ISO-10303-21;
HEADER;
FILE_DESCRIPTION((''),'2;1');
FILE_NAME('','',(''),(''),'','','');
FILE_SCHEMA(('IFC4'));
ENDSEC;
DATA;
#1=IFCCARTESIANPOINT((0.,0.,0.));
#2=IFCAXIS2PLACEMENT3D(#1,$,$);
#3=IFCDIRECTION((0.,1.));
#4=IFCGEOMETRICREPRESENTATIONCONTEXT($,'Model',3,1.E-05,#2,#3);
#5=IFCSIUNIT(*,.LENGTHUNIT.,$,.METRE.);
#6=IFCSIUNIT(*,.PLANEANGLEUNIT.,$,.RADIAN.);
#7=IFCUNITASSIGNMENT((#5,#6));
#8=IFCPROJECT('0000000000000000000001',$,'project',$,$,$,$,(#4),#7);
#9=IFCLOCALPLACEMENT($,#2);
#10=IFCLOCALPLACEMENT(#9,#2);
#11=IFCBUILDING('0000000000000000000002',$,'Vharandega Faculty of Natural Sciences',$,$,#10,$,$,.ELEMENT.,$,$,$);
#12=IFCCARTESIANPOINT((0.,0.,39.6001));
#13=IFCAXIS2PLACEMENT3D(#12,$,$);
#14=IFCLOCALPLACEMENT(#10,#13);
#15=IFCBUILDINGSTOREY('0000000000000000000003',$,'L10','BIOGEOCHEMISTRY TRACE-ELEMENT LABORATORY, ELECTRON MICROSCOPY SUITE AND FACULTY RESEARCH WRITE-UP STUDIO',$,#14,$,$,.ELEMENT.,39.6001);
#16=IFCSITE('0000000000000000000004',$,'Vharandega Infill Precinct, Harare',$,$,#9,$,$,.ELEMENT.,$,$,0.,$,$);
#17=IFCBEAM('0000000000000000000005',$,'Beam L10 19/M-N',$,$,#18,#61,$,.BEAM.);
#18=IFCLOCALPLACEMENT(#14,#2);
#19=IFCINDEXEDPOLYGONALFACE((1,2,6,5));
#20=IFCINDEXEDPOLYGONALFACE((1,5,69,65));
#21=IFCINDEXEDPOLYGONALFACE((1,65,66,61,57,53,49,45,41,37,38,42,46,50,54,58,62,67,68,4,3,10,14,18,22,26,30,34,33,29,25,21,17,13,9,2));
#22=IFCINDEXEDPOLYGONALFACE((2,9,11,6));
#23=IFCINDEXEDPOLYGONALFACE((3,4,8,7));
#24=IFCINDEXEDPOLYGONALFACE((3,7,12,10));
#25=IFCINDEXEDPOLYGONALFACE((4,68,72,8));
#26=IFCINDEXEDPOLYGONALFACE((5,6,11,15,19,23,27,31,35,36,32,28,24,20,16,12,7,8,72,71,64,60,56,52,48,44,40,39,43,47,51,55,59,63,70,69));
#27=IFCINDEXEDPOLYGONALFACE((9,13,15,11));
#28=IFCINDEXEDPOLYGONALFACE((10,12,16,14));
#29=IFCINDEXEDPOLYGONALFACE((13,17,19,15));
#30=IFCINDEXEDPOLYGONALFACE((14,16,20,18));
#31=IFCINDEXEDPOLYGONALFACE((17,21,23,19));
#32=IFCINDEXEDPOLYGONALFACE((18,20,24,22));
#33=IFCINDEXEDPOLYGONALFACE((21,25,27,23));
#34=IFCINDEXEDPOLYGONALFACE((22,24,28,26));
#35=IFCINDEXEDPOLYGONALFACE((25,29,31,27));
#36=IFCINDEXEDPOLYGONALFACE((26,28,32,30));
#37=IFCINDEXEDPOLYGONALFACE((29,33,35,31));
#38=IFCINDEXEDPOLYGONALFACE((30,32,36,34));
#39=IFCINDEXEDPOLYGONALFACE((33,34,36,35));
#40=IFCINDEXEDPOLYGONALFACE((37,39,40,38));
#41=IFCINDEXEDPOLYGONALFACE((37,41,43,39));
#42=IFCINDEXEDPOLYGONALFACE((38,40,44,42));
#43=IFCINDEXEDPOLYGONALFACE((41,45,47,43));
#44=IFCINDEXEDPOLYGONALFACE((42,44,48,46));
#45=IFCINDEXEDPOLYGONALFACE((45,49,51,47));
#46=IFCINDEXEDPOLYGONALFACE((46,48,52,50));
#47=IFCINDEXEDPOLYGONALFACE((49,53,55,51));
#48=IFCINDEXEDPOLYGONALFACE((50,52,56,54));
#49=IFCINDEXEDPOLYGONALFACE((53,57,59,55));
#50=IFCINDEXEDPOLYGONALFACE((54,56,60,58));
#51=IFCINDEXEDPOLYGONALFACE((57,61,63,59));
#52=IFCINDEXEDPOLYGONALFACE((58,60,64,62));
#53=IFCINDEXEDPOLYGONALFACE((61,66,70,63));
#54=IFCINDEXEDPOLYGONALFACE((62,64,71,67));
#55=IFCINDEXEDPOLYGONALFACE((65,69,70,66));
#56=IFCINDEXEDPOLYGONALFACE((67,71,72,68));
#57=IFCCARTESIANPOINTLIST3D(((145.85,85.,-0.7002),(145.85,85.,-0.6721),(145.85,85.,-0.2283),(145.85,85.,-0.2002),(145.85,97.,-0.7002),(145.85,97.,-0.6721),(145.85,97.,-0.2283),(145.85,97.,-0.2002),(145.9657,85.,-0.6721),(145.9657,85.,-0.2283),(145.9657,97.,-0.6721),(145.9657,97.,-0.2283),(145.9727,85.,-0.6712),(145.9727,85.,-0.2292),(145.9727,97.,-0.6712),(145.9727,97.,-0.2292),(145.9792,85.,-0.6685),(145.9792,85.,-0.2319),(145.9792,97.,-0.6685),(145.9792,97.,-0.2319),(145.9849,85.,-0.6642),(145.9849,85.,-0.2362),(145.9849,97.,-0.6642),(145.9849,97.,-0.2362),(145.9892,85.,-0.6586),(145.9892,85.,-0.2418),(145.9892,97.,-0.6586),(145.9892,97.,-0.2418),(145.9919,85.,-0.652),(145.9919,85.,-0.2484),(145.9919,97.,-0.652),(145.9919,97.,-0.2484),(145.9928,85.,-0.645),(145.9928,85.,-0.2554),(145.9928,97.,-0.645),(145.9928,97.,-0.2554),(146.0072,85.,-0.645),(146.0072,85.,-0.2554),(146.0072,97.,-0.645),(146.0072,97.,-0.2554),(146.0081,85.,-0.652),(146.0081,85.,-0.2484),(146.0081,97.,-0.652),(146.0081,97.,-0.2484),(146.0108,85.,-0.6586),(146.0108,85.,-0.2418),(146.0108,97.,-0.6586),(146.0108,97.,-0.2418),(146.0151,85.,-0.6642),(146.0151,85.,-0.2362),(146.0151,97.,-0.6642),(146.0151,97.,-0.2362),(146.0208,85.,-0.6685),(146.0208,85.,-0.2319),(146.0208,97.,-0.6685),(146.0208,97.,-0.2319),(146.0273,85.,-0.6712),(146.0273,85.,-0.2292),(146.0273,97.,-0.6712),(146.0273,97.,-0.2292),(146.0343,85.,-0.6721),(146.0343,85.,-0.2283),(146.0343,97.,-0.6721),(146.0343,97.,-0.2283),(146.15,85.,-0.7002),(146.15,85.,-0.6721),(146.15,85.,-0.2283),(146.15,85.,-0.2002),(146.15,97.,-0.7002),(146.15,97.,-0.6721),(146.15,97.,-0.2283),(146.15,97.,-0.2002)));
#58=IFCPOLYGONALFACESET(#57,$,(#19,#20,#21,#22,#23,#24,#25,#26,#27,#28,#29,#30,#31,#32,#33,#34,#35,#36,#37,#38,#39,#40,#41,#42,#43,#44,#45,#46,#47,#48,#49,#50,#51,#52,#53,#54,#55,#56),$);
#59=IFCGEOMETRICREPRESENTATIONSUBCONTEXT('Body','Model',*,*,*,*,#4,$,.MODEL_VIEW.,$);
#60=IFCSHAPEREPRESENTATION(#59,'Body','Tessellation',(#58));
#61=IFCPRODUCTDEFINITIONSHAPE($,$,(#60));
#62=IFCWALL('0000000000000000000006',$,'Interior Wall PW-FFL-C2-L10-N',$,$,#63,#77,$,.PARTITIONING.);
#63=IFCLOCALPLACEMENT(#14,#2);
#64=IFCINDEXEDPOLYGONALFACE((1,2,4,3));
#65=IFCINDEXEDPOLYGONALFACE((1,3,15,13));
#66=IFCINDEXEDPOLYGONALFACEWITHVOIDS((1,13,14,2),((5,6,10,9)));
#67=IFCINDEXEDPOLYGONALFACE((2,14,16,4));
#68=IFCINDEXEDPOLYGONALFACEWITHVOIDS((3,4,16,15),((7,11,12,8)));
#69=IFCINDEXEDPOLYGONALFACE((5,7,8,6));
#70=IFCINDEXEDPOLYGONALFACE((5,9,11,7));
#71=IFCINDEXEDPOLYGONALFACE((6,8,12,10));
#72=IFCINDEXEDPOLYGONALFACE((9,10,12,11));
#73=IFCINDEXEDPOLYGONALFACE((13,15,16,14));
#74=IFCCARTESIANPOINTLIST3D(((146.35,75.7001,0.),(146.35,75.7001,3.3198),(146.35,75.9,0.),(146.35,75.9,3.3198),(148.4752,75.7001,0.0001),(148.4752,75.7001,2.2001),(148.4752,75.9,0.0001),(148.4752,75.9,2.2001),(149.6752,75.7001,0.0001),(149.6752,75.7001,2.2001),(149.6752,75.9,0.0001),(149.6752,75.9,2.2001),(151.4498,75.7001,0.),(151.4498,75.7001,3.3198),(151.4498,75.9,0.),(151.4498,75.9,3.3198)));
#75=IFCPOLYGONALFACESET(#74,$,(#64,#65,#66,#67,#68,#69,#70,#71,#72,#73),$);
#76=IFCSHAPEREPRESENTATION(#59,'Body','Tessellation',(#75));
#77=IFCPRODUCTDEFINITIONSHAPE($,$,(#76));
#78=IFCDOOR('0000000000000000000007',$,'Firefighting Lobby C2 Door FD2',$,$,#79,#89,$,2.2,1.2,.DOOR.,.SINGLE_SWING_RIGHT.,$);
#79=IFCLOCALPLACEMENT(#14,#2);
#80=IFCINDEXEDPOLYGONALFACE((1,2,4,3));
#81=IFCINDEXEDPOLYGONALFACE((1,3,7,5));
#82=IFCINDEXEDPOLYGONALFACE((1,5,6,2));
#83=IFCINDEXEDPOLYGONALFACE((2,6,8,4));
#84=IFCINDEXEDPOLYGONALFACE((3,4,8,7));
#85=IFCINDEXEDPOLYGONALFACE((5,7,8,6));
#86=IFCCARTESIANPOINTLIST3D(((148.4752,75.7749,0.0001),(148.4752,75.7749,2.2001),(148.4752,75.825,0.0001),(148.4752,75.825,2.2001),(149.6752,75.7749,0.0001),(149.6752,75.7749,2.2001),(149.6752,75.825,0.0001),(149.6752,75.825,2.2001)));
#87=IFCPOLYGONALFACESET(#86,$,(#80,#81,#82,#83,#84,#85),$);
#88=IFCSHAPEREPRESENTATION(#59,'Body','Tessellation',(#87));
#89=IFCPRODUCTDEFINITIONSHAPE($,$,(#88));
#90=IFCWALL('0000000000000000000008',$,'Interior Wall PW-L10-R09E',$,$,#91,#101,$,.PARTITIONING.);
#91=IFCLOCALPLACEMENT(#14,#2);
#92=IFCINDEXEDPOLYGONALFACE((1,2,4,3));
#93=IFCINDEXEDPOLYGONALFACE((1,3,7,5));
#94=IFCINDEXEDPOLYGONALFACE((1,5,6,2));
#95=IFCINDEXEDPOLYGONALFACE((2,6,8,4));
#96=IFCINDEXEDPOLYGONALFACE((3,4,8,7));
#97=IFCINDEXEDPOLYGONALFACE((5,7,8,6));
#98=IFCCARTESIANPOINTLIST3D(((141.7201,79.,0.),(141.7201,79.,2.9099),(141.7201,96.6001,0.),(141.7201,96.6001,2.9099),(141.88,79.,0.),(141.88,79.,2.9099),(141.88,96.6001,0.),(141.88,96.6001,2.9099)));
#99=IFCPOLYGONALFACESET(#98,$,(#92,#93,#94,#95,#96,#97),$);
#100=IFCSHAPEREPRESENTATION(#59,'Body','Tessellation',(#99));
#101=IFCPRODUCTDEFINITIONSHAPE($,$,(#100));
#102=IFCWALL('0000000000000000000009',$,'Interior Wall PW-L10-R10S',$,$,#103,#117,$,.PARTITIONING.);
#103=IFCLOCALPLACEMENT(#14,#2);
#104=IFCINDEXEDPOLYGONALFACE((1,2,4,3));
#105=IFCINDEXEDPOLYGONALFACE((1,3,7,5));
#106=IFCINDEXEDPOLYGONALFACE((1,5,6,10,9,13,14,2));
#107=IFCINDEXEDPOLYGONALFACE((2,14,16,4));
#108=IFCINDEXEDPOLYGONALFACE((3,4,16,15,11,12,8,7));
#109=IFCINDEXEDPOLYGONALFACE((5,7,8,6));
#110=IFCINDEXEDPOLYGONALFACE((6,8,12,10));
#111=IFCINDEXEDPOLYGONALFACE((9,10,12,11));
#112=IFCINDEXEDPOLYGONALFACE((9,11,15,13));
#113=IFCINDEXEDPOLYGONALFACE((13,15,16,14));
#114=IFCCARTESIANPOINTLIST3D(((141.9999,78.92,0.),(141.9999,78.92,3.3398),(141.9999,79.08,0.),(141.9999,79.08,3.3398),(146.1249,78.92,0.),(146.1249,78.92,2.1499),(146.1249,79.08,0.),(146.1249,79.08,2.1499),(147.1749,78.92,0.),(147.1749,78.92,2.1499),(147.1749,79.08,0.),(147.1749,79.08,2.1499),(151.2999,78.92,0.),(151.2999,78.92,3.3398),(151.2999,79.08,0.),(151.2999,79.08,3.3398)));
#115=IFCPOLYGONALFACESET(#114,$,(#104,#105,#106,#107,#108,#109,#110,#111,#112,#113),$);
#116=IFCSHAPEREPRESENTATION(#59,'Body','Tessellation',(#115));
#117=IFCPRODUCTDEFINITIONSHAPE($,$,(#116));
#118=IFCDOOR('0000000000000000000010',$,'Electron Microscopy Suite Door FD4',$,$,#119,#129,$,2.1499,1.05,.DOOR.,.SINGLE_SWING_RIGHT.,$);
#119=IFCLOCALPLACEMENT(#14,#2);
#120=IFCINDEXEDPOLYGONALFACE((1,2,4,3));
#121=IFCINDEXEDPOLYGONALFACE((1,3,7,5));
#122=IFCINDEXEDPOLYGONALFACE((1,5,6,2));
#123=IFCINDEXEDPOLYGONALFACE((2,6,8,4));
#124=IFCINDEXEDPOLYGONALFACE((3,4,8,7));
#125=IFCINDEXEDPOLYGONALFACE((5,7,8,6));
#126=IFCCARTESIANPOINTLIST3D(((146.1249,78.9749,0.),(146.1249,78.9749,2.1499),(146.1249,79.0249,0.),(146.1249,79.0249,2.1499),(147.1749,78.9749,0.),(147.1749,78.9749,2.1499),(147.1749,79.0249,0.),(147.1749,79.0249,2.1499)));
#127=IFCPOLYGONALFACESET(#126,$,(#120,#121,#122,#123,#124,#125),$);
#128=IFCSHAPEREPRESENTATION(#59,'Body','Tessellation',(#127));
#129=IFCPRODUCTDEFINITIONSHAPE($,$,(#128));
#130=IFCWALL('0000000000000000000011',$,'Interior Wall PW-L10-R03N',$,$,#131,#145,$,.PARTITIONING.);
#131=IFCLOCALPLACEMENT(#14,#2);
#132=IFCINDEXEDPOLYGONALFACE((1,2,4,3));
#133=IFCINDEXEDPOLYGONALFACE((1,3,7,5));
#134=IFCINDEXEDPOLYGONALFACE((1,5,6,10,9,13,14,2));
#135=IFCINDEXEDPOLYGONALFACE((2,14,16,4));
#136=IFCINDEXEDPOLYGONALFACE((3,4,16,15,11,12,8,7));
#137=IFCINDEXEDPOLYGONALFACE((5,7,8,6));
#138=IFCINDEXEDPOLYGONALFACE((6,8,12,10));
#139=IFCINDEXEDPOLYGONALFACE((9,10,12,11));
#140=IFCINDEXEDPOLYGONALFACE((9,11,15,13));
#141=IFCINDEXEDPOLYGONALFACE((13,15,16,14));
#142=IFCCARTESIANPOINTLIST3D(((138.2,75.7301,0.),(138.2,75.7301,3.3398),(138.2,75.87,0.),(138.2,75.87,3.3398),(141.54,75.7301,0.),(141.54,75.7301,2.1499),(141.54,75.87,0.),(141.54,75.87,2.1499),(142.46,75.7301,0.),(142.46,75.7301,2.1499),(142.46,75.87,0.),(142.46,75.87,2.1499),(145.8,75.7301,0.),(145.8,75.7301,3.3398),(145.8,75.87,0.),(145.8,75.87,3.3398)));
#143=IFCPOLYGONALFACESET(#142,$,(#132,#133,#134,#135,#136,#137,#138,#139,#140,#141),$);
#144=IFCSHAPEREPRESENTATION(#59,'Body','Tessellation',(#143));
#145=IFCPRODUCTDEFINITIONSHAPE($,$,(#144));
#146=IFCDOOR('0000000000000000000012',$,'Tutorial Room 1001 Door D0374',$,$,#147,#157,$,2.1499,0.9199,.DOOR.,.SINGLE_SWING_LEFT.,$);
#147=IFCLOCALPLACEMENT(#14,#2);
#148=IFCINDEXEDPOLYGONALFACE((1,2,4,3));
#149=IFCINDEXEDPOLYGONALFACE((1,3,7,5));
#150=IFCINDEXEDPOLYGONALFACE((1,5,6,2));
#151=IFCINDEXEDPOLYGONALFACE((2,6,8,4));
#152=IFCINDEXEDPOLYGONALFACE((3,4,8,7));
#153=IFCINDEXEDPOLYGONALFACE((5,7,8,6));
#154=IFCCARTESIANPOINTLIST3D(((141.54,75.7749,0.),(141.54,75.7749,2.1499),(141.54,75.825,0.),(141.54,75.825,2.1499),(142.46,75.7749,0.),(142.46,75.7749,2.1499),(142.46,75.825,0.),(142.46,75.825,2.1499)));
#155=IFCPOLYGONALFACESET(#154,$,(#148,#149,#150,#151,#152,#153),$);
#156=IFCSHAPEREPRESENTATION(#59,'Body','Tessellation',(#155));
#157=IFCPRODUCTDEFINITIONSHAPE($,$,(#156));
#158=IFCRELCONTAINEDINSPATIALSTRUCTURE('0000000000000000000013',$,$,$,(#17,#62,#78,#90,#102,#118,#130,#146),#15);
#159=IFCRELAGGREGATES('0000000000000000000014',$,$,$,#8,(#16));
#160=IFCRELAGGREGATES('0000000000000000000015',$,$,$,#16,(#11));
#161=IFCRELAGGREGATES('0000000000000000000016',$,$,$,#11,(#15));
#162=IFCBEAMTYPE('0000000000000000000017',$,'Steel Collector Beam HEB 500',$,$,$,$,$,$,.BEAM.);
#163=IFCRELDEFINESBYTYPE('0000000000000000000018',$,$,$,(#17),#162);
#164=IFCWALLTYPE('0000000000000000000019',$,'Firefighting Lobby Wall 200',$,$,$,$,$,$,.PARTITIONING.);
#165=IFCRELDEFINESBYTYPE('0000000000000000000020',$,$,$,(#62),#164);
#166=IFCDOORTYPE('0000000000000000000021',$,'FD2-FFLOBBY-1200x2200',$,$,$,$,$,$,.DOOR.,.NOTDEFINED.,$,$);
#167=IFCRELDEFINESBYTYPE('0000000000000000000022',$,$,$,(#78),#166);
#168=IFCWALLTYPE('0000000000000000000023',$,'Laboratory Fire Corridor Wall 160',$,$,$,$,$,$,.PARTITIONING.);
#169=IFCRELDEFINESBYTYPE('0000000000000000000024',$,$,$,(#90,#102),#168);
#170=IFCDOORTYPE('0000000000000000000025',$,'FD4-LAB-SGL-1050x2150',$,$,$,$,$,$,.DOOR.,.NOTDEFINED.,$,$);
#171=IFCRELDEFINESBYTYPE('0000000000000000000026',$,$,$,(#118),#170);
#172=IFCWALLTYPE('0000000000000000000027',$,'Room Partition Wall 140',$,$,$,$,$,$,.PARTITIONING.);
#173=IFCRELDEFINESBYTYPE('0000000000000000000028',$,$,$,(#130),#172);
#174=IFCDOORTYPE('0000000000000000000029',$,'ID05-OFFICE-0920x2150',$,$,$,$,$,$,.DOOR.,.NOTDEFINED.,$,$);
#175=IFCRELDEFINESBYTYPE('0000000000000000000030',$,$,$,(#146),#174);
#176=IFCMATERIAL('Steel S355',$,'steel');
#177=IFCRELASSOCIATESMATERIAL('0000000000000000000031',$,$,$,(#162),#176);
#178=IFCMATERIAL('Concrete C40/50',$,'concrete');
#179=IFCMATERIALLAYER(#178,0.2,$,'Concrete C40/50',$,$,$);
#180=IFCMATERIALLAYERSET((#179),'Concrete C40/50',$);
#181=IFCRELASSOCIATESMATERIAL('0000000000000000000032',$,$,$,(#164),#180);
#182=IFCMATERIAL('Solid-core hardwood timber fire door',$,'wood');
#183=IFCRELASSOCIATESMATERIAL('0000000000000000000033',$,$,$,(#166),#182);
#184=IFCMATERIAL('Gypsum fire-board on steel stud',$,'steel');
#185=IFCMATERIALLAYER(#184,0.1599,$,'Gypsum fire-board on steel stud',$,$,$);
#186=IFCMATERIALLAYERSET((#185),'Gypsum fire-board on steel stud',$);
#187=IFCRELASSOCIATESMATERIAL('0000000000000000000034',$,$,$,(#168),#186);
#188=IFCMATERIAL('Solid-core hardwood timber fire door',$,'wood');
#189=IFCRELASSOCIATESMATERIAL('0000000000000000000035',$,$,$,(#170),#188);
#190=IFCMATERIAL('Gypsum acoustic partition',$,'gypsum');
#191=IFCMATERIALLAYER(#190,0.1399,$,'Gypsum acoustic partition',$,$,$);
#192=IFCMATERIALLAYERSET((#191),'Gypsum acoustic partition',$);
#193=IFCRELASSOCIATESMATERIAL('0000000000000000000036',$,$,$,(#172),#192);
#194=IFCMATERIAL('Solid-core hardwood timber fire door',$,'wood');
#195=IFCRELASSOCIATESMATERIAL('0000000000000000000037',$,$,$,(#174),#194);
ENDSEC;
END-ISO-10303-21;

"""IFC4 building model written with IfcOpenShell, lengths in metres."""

from ifc_helpers import new_model, si_unit, direction, frame, frame_2d, origin, origin_2d, place, context, subcontext, project, spatial, rectangle, i_section, extrude, material, layer, layer_set, material_profile, profile_set, type_object, element, fill, save


model = new_model("IFC4")

# Units and contexts
model_context = context("Model", 3, precision=1e-05, world=origin(), true_north=direction((0.0, 1.0)))
body_context = subcontext(model_context, "Body", "Model", "MODEL_VIEW")
ifc_project = project(units=[si_unit("LENGTHUNIT", "METRE"), si_unit("PLANEANGLEUNIT", "RADIAN")], contexts=[model_context])

# Site, building, storey
site_placement = place(None, origin())
site = spatial("IfcSite", under=ifc_project, at=site_placement, Name="Vharandega Infill Precinct, Harare", CompositionType="ELEMENT", RefElevation=0.0)
building_placement = place(site_placement, origin())
building = spatial("IfcBuilding", under=site, at=building_placement, Name="Vharandega Faculty of Natural Sciences", CompositionType="ELEMENT")
storey_placement = place(building_placement, frame((0.0, 0.0, 39.6001)))
storey = spatial("IfcBuildingStorey", under=building, at=storey_placement, Name="L10", Description="BIOGEOCHEMISTRY TRACE-ELEMENT LABORATORY, ELECTRON MICROSCOPY SUITE AND FACULTY RESEARCH WRITE-UP STUDIO", CompositionType="ELEMENT", Elevation=39.6001)

# Beam
ifc_material_1 = material(Name="Steel S355", Category="steel")
ifc_material_profile_1 = material_profile(ifc_material_1, i_section(OverallWidth=0.3, OverallDepth=0.5, WebThickness=0.0144, FlangeThickness=0.0281, FilletRadius=0.0271, at=origin_2d()), Name="HEB 500")
ifc_profile_set_1 = profile_set([ifc_material_profile_1], Name="Steel S355")
beam_type_1 = type_object("IfcBeamType", Name="Steel Collector Beam HEB 500", PredefinedType="BEAM", material=ifc_profile_set_1)
for number, where, z_axis, x_axis, name in (
    (1, (146.0, 85.0, -0.4502), (0.0, 1.0, 0.0), (-1.0, 0.0, 0.0), "Beam L10 19/M-N"),
):
    element("IfcBeam", number, at=place(storey_placement, frame(where, z_axis=z_axis, x_axis=x_axis)), inside=storey, type_object=beam_type_1, Name=name, PredefinedType="BEAM", context=body_context, shape_type="SweptSolid", body=[
        extrude(i_section(OverallWidth=0.3, OverallDepth=0.5, WebThickness=0.0144, FlangeThickness=0.0281, FilletRadius=0.0271, at=origin_2d()), origin(), (0.0, 0.0, 1.0), 12.0),
    ])

# Wall, opening, door
ifc_material_2 = material(Name="Concrete C40/50", Category="concrete")
ifc_layer_1 = layer(ifc_material_2, 0.2, Name="Concrete C40/50")
ifc_layer_set_1 = layer_set([ifc_layer_1], Name="Concrete C40/50")
wall_type_1 = type_object("IfcWallType", Name="Firefighting Lobby Wall 200", PredefinedType="PARTITIONING", material=ifc_layer_set_1)
wall_1_placement = place(storey_placement, frame((146.3501, 75.8, 0.0), z_axis=(0.0, 0.0, 1.0), x_axis=(1.0, 0.0, 0.0)))
wall_1 = element("IfcWall", 2, at=wall_1_placement, inside=storey, type_object=wall_type_1, Name="Interior Wall PW-FFL-C2-L10-N", PredefinedType="PARTITIONING", context=body_context, shape_type="SweptSolid", body=[
    extrude(rectangle(XDim=5.0999, YDim=0.2, at=frame_2d((2.5498, 0.0))), origin(), (0.0, 0.0, 1.0), 3.3198),
])
opening_1_placement = place(wall_1_placement, frame((2.125, 0.0, 0.0)))
opening_1 = element("IfcOpeningElement", 3, at=opening_1_placement, cuts=wall_1, PredefinedType="OPENING", context=body_context, shape_type="SweptSolid", body=[
    extrude(rectangle(XDim=1.2, YDim=2.2, at=frame_2d((0.6001, 1.1001))), frame((0.0, 0.1099, 0.0), z_axis=(0.0, -1.0, 0.0), x_axis=(1.0, 0.0, 0.0)), (0.0, 0.0, 1.0), 0.22),
])
ifc_material_3 = material(Name="Solid-core hardwood timber fire door", Category="wood")
door_type_1 = type_object("IfcDoorType", Name="FD2-FFLOBBY-1200x2200", OperationType="NOTDEFINED", PredefinedType="DOOR", material=ifc_material_3)
door_1_placement = place(opening_1_placement, origin())
door_1 = element("IfcDoor", 4, at=door_1_placement, inside=storey, type_object=door_type_1, Name="Firefighting Lobby C2 Door FD2", OperationType="SINGLE_SWING_RIGHT", OverallHeight=2.2, OverallWidth=1.2, PredefinedType="DOOR", context=body_context, shape_type="SweptSolid", body=[
    extrude(rectangle(XDim=1.2, YDim=2.2, at=frame_2d((0.6001, 1.1001))), frame((0.0, 0.0249, 0.0), z_axis=(0.0, -1.0, 0.0), x_axis=(1.0, 0.0, 0.0)), (0.0, 0.0, 1.0), 0.05),
])
fill(opening_1, door_1)

# Wall
ifc_material_4 = material(Name="Gypsum fire-board on steel stud", Category="steel")
ifc_layer_2 = layer(ifc_material_4, 0.1599, Name="Gypsum fire-board on steel stud")
ifc_layer_set_2 = layer_set([ifc_layer_2], Name="Gypsum fire-board on steel stud")
wall_type_2 = type_object("IfcWallType", Name="Laboratory Fire Corridor Wall 160", PredefinedType="PARTITIONING", material=ifc_layer_set_2)
wall_2_placement = place(storey_placement, frame((141.8, 79.0, 0.0), z_axis=(0.0, 0.0, 1.0), x_axis=(0.0, 1.0, 0.0)))
element("IfcWall", 5, at=wall_2_placement, inside=storey, type_object=wall_type_2, Name="Interior Wall PW-L10-R09E", PredefinedType="PARTITIONING", context=body_context, shape_type="SweptSolid", body=[
    extrude(rectangle(XDim=17.6001, YDim=0.1599, at=frame_2d((8.8, 0.0))), origin(), (0.0, 0.0, 1.0), 2.9099),
])

# Walls, openings, doors
wall_3_placement = place(storey_placement, frame((142.0, 79.0, 0.0), z_axis=(0.0, 0.0, 1.0), x_axis=(1.0, 0.0, 0.0)))
wall_3 = element("IfcWall", 6, at=wall_3_placement, inside=storey, type_object=wall_type_2, Name="Interior Wall PW-L10-R10S", PredefinedType="PARTITIONING", context=body_context, shape_type="SweptSolid", body=[
    extrude(rectangle(XDim=9.3, YDim=0.1599, at=frame_2d((4.6499, 0.0))), origin(), (0.0, 0.0, 1.0), 3.3398),
])
opening_2_placement = place(wall_3_placement, frame((4.125, 0.0, 0.0)))
opening_2 = element("IfcOpeningElement", 7, at=opening_2_placement, cuts=wall_3, PredefinedType="OPENING", context=body_context, shape_type="SweptSolid", body=[
    extrude(rectangle(XDim=1.05, YDim=2.1499, at=frame_2d((0.5249, 1.075))), frame((0.0, 0.0898, 0.0), z_axis=(0.0, -1.0, 0.0), x_axis=(1.0, 0.0, 0.0)), (0.0, 0.0, 1.0), 0.1799),
])
ifc_material_5 = material(Name="Solid-core hardwood timber fire door", Category="wood")
door_type_2 = type_object("IfcDoorType", Name="FD4-LAB-SGL-1050x2150", OperationType="NOTDEFINED", PredefinedType="DOOR", material=ifc_material_5)
door_2_placement = place(opening_2_placement, origin())
door_2 = element("IfcDoor", 8, at=door_2_placement, inside=storey, type_object=door_type_2, Name="Electron Microscopy Suite Door FD4", OperationType="SINGLE_SWING_RIGHT", OverallHeight=2.1499, OverallWidth=1.05, PredefinedType="DOOR", context=body_context, shape_type="SweptSolid", body=[
    extrude(rectangle(XDim=1.05, YDim=2.1499, at=frame_2d((0.5249, 1.075))), frame((0.0, 0.0249, 0.0), z_axis=(0.0, -1.0, 0.0), x_axis=(1.0, 0.0, 0.0)), (0.0, 0.0, 1.0), 0.05),
])
fill(opening_2, door_2)
ifc_material_6 = material(Name="Gypsum acoustic partition", Category="gypsum")
ifc_layer_3 = layer(ifc_material_6, 0.1399, Name="Gypsum acoustic partition")
ifc_layer_set_3 = layer_set([ifc_layer_3], Name="Gypsum acoustic partition")
wall_type_3 = type_object("IfcWallType", Name="Room Partition Wall 140", PredefinedType="PARTITIONING", material=ifc_layer_set_3)
wall_4_placement = place(storey_placement, frame((138.2, 75.8, 0.0), z_axis=(0.0, 0.0, 1.0), x_axis=(1.0, 0.0, 0.0)))
wall_4 = element("IfcWall", 9, at=wall_4_placement, inside=storey, type_object=wall_type_3, Name="Interior Wall PW-L10-R03N", PredefinedType="PARTITIONING", context=body_context, shape_type="SweptSolid", body=[
    extrude(rectangle(XDim=7.6001, YDim=0.1399, at=frame_2d((3.8, 0.0))), origin(), (0.0, 0.0, 1.0), 3.3398),
])
opening_3_placement = place(wall_4_placement, frame((3.3401, 0.0, 0.0)))
opening_3 = element("IfcOpeningElement", 10, at=opening_3_placement, cuts=wall_4, PredefinedType="OPENING", context=body_context, shape_type="SweptSolid", body=[
    extrude(rectangle(XDim=0.9199, YDim=2.1499, at=frame_2d((0.46, 1.075))), frame((0.0, 0.0801, 0.0), z_axis=(0.0, -1.0, 0.0), x_axis=(1.0, 0.0, 0.0)), (0.0, 0.0, 1.0), 0.1599),
])
ifc_material_7 = material(Name="Solid-core hardwood timber fire door", Category="wood")
door_type_3 = type_object("IfcDoorType", Name="ID05-OFFICE-0920x2150", OperationType="NOTDEFINED", PredefinedType="DOOR", material=ifc_material_7)
door_3_placement = place(opening_3_placement, origin())
door_3 = element("IfcDoor", 11, at=door_3_placement, inside=storey, type_object=door_type_3, Name="Tutorial Room 1001 Door D0374", OperationType="SINGLE_SWING_LEFT", OverallHeight=2.1499, OverallWidth=0.9199, PredefinedType="DOOR", context=body_context, shape_type="SweptSolid", body=[
    extrude(rectangle(XDim=0.9199, YDim=2.1499, at=frame_2d((0.46, 1.075))), frame((0.0, 0.0249, 0.0), z_axis=(0.0, -1.0, 0.0), x_axis=(1.0, 0.0, 0.0)), (0.0, 0.0, 1.0), 0.05),
])
fill(opening_3, door_3)

save(model, "model.ifc")
